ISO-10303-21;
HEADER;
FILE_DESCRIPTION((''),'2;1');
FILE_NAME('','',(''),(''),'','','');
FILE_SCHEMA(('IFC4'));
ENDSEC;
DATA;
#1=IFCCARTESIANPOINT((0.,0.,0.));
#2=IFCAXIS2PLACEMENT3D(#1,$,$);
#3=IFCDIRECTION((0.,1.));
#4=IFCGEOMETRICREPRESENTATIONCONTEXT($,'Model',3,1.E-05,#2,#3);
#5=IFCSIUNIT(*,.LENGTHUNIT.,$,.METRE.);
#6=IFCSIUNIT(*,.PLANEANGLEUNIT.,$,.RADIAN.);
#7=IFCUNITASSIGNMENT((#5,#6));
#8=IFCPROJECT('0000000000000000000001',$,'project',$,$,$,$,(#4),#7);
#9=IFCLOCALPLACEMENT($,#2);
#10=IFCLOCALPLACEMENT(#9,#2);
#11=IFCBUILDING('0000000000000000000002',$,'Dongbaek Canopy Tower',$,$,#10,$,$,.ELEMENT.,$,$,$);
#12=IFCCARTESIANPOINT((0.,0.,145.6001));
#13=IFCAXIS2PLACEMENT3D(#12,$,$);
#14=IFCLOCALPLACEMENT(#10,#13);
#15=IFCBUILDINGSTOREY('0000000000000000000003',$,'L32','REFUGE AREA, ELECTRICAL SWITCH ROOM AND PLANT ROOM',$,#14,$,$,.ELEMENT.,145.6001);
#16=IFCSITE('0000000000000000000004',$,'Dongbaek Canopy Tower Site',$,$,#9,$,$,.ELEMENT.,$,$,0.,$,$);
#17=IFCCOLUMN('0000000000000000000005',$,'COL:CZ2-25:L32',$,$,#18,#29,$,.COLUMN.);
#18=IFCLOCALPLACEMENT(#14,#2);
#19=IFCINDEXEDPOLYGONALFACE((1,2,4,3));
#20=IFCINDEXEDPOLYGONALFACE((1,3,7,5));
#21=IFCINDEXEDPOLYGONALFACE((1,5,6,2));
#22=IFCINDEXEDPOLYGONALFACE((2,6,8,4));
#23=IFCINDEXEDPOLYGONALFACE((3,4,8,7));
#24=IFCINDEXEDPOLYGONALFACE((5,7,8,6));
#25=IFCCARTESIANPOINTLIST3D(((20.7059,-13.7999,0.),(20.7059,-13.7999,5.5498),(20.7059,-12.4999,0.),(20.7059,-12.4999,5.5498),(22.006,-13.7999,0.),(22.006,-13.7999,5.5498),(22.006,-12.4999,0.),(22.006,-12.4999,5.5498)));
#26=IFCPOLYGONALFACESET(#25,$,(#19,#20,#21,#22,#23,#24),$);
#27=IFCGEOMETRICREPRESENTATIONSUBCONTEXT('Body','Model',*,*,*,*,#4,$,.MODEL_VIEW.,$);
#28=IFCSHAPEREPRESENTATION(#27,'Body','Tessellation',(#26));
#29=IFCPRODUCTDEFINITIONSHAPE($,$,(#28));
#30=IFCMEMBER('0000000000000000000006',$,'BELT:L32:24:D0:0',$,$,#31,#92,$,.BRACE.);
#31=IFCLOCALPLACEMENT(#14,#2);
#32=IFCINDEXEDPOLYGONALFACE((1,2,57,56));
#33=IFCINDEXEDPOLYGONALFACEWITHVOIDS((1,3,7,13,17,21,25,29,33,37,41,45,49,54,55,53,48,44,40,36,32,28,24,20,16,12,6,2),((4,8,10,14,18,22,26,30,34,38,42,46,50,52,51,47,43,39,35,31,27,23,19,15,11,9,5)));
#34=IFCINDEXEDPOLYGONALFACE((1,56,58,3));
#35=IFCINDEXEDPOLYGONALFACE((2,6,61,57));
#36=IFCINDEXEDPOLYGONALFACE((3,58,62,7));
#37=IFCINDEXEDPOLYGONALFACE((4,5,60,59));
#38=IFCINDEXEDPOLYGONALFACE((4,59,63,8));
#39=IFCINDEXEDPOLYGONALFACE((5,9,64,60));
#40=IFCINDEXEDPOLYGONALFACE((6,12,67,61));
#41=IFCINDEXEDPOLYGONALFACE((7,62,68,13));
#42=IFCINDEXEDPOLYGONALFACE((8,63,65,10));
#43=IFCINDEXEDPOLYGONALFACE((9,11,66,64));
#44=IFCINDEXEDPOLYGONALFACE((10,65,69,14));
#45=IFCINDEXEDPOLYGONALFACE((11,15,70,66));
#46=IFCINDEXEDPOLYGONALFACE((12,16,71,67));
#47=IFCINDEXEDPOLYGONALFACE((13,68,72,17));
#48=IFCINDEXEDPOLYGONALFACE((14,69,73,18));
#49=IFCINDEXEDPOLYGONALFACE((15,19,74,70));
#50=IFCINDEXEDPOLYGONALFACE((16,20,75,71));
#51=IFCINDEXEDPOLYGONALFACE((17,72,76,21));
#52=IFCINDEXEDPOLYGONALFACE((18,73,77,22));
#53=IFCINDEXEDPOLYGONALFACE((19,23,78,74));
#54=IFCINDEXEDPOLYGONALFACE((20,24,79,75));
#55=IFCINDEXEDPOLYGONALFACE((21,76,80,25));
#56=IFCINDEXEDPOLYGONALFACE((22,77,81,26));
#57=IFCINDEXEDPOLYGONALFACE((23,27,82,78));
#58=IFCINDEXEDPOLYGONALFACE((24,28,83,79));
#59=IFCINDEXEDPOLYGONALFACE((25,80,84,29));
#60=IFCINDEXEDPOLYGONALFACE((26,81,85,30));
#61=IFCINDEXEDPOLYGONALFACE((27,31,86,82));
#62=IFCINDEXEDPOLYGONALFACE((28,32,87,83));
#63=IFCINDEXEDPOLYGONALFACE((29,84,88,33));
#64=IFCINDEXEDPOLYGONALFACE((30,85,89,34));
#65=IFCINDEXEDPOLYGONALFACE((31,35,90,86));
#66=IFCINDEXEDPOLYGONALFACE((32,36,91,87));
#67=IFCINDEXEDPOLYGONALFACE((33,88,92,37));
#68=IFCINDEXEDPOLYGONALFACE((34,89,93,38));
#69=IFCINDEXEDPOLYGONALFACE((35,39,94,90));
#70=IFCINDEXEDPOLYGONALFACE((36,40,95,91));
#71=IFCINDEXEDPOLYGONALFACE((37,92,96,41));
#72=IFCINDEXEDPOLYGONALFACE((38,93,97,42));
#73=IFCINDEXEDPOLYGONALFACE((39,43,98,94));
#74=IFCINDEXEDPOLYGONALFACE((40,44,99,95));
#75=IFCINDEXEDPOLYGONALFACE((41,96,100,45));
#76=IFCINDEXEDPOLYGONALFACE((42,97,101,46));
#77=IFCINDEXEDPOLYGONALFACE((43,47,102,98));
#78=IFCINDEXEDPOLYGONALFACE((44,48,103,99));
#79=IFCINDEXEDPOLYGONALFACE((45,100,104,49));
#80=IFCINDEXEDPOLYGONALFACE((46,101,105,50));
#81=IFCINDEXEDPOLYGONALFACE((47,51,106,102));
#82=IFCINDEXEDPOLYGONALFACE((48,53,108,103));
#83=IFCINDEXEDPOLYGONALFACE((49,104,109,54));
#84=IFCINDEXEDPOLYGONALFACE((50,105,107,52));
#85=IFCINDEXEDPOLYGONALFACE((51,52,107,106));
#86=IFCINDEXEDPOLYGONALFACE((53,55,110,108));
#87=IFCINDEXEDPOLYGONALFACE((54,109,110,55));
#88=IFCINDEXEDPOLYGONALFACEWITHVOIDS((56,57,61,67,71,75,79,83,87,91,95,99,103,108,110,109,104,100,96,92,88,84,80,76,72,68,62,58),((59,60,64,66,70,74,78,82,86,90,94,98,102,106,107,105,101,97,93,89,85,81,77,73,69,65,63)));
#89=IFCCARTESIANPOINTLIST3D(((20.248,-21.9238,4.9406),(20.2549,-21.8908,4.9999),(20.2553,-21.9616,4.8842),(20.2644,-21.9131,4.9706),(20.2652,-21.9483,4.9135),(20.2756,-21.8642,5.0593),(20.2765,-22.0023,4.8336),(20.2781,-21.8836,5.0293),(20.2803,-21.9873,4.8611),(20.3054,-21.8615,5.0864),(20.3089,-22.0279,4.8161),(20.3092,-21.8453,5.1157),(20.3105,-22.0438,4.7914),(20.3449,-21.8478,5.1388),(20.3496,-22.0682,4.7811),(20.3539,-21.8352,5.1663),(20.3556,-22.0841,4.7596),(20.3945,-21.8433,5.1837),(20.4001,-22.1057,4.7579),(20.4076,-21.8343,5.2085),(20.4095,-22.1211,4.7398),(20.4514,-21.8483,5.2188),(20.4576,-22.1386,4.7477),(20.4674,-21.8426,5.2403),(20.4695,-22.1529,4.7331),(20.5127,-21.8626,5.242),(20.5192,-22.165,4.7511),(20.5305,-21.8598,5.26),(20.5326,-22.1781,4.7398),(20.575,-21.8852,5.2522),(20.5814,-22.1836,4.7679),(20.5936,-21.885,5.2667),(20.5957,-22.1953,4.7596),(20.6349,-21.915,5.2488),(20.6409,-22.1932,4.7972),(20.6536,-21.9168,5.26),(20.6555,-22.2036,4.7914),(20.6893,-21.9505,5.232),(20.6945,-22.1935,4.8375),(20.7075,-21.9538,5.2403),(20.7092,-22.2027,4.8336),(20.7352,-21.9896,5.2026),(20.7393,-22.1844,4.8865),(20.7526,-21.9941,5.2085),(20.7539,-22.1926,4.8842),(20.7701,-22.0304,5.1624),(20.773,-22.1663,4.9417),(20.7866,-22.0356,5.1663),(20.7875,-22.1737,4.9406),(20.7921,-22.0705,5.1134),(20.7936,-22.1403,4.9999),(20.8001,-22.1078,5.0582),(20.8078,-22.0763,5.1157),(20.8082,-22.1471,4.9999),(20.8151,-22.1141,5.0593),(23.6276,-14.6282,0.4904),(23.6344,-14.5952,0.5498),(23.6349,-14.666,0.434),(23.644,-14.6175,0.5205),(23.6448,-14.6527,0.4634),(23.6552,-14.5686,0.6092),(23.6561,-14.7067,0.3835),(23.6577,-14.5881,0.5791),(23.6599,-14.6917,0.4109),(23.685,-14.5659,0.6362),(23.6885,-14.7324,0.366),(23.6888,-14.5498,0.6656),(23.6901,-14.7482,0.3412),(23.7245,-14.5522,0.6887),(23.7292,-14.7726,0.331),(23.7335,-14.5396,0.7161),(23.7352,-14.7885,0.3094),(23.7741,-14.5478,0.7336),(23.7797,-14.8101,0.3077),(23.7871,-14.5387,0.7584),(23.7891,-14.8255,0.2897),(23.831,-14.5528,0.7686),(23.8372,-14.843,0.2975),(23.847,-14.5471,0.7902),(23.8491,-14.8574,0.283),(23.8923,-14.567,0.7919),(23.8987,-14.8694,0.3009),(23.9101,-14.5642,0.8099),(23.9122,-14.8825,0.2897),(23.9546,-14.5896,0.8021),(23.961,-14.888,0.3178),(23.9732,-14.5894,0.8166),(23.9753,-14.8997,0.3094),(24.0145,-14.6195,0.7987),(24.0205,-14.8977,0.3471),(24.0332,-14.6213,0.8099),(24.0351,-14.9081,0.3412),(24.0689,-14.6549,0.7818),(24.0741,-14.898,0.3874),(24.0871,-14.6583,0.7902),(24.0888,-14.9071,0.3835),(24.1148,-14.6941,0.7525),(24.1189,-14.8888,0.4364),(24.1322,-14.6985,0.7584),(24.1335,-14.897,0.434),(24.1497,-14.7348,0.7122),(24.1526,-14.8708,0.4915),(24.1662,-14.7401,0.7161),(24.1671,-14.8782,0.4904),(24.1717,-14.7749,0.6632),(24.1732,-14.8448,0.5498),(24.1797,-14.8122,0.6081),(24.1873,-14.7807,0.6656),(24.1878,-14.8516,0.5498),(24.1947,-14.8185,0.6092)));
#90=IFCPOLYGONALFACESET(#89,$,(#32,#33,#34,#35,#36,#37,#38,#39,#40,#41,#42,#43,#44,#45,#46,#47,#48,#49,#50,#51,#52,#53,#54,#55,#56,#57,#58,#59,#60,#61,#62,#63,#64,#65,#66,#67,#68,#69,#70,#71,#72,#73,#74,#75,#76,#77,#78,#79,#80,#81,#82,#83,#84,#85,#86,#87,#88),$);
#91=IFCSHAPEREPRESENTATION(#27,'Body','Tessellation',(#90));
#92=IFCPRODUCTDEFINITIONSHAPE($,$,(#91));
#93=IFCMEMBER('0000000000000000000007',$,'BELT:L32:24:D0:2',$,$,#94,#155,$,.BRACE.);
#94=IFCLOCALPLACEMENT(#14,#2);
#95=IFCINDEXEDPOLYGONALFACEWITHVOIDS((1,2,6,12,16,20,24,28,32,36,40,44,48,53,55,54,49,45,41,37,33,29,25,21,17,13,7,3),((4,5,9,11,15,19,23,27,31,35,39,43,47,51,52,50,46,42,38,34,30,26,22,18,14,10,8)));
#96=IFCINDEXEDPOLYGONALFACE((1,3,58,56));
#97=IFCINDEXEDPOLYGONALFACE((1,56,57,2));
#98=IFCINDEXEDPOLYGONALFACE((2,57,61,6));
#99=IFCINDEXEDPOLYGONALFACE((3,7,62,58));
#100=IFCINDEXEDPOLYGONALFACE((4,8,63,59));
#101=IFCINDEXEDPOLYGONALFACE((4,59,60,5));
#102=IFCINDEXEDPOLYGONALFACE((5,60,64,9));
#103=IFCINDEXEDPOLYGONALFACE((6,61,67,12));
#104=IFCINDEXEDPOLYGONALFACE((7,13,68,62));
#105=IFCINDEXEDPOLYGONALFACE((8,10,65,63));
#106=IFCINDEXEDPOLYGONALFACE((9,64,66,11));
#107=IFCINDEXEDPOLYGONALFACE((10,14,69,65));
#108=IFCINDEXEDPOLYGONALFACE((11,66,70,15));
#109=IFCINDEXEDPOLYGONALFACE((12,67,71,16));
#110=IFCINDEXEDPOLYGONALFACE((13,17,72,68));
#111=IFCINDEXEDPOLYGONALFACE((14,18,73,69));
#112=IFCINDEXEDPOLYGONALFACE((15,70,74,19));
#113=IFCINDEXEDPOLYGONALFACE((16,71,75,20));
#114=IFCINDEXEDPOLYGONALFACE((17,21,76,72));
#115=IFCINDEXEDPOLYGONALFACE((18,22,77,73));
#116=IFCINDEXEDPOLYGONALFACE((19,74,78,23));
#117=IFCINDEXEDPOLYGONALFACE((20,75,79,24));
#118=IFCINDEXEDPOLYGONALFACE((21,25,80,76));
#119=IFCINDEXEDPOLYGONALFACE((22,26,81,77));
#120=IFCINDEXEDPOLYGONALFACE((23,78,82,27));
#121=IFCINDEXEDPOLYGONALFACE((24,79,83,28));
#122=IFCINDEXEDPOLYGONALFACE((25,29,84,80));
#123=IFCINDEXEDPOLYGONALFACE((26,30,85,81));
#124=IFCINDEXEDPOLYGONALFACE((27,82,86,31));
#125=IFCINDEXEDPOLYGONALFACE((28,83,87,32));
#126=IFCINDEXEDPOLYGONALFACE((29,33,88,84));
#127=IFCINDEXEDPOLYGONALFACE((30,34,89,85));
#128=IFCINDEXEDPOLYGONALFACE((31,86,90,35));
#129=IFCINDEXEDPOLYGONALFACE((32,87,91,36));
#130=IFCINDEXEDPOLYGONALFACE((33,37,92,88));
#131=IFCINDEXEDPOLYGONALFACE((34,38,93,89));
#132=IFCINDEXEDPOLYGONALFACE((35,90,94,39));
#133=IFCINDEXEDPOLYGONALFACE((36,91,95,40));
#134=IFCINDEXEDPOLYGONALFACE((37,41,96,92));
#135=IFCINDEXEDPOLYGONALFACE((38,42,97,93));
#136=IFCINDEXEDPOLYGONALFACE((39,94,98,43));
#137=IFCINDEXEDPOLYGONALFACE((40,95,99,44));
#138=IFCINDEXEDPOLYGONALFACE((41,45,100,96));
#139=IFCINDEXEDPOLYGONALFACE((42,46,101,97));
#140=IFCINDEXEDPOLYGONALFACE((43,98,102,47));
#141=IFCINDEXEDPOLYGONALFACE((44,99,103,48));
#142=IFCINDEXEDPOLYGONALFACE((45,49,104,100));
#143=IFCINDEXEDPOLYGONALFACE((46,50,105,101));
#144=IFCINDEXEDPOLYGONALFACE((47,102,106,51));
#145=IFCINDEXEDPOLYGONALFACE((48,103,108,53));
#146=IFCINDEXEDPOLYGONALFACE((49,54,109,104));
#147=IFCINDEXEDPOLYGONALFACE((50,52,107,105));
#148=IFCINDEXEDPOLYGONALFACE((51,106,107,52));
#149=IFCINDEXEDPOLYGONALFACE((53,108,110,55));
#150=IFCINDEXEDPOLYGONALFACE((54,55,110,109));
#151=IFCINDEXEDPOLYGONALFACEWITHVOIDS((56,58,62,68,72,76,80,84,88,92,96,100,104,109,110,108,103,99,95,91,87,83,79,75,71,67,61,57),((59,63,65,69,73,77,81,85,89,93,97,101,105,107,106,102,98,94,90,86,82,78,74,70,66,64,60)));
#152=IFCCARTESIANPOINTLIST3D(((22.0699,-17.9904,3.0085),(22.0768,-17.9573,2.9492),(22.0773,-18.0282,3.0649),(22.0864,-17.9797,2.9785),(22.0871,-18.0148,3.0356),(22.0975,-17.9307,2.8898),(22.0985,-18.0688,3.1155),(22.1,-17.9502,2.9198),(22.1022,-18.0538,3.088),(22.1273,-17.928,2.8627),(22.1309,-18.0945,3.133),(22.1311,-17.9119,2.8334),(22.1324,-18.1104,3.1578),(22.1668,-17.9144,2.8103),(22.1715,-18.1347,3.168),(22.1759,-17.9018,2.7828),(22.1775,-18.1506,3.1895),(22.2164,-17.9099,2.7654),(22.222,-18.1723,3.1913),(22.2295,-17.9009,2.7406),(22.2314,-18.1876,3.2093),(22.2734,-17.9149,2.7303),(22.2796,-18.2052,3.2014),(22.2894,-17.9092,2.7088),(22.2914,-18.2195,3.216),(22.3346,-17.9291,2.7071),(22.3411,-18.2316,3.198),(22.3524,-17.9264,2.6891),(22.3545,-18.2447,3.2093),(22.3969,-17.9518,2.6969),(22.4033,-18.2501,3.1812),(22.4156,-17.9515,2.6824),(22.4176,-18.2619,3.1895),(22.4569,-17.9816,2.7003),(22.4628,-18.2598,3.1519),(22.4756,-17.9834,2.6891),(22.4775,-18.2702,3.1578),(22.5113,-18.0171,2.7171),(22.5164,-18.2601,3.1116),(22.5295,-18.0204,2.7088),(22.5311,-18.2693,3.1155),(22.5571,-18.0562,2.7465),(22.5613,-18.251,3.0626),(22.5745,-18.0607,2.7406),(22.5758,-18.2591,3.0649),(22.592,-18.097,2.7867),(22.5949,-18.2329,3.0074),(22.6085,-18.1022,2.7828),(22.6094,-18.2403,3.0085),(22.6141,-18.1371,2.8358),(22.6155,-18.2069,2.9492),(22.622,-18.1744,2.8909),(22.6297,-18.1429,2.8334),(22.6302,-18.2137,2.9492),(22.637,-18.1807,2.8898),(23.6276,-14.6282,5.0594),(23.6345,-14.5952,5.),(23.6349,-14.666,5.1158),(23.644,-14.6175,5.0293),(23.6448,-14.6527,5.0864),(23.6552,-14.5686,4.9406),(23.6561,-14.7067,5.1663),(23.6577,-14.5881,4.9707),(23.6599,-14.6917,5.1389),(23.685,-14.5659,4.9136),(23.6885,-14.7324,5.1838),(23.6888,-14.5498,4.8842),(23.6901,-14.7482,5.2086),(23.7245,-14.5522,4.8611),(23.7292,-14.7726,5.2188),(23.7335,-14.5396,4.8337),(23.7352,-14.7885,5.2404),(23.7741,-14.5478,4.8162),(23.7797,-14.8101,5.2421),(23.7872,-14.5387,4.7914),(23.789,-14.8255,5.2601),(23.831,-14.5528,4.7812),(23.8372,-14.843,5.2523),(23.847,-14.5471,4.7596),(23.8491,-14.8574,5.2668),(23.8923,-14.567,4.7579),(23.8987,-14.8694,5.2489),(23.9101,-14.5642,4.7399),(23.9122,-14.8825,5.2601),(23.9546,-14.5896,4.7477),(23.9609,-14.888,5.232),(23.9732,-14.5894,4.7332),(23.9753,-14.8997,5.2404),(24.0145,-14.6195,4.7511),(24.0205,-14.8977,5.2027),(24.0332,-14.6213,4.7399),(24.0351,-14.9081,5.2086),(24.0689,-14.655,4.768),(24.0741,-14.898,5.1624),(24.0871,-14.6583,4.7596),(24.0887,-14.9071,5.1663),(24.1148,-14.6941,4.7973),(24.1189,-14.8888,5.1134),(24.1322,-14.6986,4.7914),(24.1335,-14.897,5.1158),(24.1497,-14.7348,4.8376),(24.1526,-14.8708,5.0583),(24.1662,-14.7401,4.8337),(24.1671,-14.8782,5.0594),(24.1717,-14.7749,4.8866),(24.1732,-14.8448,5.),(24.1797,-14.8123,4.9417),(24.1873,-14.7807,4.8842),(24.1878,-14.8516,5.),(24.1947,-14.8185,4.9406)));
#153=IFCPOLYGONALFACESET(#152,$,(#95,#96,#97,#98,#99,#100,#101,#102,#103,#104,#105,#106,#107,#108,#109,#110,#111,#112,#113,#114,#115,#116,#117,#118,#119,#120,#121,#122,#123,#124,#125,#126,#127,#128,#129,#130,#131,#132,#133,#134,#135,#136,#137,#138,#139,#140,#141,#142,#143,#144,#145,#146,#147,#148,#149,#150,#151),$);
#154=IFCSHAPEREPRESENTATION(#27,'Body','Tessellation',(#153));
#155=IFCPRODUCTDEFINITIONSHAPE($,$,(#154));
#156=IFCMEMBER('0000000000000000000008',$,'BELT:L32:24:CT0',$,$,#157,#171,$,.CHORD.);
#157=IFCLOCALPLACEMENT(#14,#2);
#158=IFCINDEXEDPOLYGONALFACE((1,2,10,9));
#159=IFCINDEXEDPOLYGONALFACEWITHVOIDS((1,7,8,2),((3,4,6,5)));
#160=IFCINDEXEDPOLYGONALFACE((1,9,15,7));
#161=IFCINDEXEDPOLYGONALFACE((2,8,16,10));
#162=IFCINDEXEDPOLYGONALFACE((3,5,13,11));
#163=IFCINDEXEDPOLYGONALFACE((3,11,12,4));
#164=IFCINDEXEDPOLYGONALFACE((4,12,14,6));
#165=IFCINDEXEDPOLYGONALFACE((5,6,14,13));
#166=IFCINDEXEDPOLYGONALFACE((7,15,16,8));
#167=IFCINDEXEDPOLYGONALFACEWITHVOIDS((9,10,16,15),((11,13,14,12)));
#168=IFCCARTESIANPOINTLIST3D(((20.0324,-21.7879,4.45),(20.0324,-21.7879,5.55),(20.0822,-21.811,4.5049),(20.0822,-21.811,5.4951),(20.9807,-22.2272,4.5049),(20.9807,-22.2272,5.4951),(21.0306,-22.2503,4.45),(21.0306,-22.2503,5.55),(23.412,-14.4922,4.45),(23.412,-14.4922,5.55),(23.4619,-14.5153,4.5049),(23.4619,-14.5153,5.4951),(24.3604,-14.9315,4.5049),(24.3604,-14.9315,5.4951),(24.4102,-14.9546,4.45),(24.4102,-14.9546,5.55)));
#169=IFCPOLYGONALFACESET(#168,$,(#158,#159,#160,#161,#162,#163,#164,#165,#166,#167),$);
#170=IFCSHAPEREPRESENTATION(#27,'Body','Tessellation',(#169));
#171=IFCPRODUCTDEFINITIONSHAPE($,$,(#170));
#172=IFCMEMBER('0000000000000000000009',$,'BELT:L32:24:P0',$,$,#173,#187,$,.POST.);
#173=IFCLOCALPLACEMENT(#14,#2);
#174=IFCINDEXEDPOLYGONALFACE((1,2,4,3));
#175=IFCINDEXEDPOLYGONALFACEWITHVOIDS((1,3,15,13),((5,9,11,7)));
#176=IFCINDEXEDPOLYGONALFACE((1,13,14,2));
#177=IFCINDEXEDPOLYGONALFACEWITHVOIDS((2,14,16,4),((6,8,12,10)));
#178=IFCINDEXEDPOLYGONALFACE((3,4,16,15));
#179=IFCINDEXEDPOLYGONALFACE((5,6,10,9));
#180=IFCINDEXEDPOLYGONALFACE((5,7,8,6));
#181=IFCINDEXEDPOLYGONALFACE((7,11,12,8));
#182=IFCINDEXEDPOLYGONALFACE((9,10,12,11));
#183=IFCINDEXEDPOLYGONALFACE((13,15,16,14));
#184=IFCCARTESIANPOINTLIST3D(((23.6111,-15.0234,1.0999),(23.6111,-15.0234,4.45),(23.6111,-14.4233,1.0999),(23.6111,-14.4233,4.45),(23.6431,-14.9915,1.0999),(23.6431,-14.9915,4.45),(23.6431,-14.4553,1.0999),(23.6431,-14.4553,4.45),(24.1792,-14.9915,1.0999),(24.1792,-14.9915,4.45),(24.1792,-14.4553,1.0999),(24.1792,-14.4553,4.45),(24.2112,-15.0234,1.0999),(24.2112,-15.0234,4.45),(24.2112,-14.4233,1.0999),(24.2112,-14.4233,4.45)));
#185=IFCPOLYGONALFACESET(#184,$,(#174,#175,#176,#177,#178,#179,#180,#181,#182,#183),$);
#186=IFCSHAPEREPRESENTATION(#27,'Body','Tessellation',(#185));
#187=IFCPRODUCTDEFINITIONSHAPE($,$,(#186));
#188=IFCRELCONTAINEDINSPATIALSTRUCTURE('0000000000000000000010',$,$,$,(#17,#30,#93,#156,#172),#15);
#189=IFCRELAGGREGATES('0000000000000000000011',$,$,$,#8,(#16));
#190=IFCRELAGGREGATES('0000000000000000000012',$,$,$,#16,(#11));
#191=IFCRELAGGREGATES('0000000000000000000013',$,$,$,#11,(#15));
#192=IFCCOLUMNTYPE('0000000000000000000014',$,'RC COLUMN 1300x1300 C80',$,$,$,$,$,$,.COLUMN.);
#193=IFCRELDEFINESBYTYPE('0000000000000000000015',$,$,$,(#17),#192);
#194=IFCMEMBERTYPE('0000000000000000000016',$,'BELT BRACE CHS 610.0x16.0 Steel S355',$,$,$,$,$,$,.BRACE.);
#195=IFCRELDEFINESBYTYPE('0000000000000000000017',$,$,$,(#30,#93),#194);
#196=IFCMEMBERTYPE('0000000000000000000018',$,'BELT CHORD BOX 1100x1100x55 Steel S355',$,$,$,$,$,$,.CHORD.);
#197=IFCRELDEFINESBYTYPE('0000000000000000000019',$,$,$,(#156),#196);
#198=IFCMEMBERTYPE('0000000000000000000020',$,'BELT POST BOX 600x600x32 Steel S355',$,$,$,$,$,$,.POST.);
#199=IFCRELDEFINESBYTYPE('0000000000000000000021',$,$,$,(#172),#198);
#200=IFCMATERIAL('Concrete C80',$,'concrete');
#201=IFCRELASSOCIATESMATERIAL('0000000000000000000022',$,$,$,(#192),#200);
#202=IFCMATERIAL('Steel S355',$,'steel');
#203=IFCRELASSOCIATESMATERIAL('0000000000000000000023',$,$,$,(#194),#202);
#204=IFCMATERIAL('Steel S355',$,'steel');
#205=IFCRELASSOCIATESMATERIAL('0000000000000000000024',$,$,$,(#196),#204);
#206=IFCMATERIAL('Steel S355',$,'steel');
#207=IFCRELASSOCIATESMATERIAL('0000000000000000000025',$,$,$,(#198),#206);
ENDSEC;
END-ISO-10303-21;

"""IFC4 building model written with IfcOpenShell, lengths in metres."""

from ifc_helpers import new_model, si_unit, direction, frame, origin, origin_2d, place, context, subcontext, project, spatial, rectangle, hollow_rectangle, hollow_circle, extrude, material, material_profile, profile_set, type_object, element, save


model = new_model("IFC4")

# Units and contexts
model_context = context("Model", 3, precision=1e-05, world=origin(), true_north=direction((0.0, 1.0)))
body_context = subcontext(model_context, "Body", "Model", "MODEL_VIEW")
ifc_project = project(units=[si_unit("LENGTHUNIT", "METRE"), si_unit("PLANEANGLEUNIT", "RADIAN")], contexts=[model_context])

# Site, building, storey
site_placement = place(None, origin())
site = spatial("IfcSite", under=ifc_project, at=site_placement, Name="Dongbaek Canopy Tower Site", CompositionType="ELEMENT", RefElevation=0.0)
building_placement = place(site_placement, origin())
building = spatial("IfcBuilding", under=site, at=building_placement, Name="Dongbaek Canopy Tower", CompositionType="ELEMENT")
storey_placement = place(building_placement, frame((0.0, 0.0, 145.6001)))
storey = spatial("IfcBuildingStorey", under=building, at=storey_placement, Name="L32", Description="REFUGE AREA, ELECTRICAL SWITCH ROOM AND PLANT ROOM", CompositionType="ELEMENT", Elevation=145.6001)

# Column
ifc_material_1 = material(Name="Concrete C80", Category="concrete")
ifc_material_profile_1 = material_profile(ifc_material_1, rectangle(XDim=1.3, YDim=1.3, at=origin_2d()), Name="RC COLUMN 1300x1300 C80")
ifc_profile_set_1 = profile_set([ifc_material_profile_1], Name="Concrete C80")
column_type = type_object("IfcColumnType", Name="RC COLUMN 1300x1300 C80", PredefinedType="COLUMN", material=ifc_profile_set_1)
column_placement = place(storey_placement, frame((21.356, -13.1499, 0.0), z_axis=(0.0, 0.0, 1.0), x_axis=(1.0, 0.0, 0.0)))
element("IfcColumn", 1, at=column_placement, inside=storey, type_object=column_type, Name="COL:CZ2-25:L32", PredefinedType="COLUMN", context=body_context, shape_type="SweptSolid", body=[
    extrude(rectangle(XDim=1.3, YDim=1.3, at=origin_2d()), origin(), (0.0, 0.0, 1.0), 5.5498),
])

# Members
ifc_material_2 = material(Name="Steel S355", Category="steel")
ifc_material_profile_2 = material_profile(ifc_material_2, hollow_circle(Radius=0.3049, WallThickness=0.0161, at=origin_2d()), Name="BELT BRACE CHS 610.0x16.0 Steel S355")
ifc_profile_set_2 = profile_set([ifc_material_profile_2], Name="Steel S355")
member_type_1 = type_object("IfcMemberType", Name="BELT BRACE CHS 610.0x16.0 Steel S355", PredefinedType="BRACE", material=ifc_profile_set_2)
member_1_placement = place(storey_placement, frame((23.9111, -14.7234, 0.5498), z_axis=(-0.367759, -0.793884, 0.484253), x_axis=(0.907371, -0.420331, 0.0)))
element("IfcMember", 2, at=member_1_placement, inside=storey, type_object=member_type_1, Name="BELT:L32:24:D0:0", PredefinedType="BRACE", context=body_context, shape_type="SweptSolid", body=[
    extrude(hollow_circle(Radius=0.3049, WallThickness=0.0161, at=origin_2d()), origin(), (0.0, 0.0, 1.0), 9.1897),
])
member_2_placement = place(storey_placement, frame((23.9111, -14.7234, 5.0), z_axis=(-0.367795, -0.793873, -0.484245), x_axis=(0.907353, -0.42037, 0.0)))
element("IfcMember", 3, at=member_2_placement, inside=storey, type_object=member_type_1, Name="BELT:L32:24:D0:2", PredefinedType="BRACE", context=body_context, shape_type="SweptSolid", body=[
    extrude(hollow_circle(Radius=0.3049, WallThickness=0.0161, at=origin_2d()), origin(), (0.0, 0.0, 1.0), 4.2351),
])
ifc_material_3 = material(Name="Steel S355", Category="steel")
ifc_material_profile_3 = material_profile(ifc_material_3, hollow_rectangle(XDim=1.1001, YDim=1.1001, WallThickness=0.0549, at=origin_2d()), Name="BELT CHORD BOX 1100x1100x55 Steel S355")
ifc_profile_set_3 = profile_set([ifc_material_profile_3], Name="Steel S355")
member_type_2 = type_object("IfcMemberType", Name="BELT CHORD BOX 1100x1100x55 Steel S355", PredefinedType="CHORD", material=ifc_profile_set_3)
member_3_placement = place(storey_placement, frame((23.9111, -14.7234, 5.0), z_axis=(-0.420331, -0.907371, 0.0), x_axis=(0.907371, -0.420331, 0.0)))
element("IfcMember", 4, at=member_3_placement, inside=storey, type_object=member_type_2, Name="BELT:L32:24:CT0", PredefinedType="CHORD", context=body_context, shape_type="SweptSolid", body=[
    extrude(hollow_rectangle(XDim=1.1001, YDim=1.1001, WallThickness=0.0549, at=origin_2d()), origin(), (0.0, 0.0, 1.0), 8.0405),
])
ifc_material_4 = material(Name="Steel S355", Category="steel")
ifc_material_profile_4 = material_profile(ifc_material_4, hollow_rectangle(XDim=0.6001, YDim=0.6001, WallThickness=0.032, at=origin_2d()), Name="BELT POST BOX 600x600x32 Steel S355")
ifc_profile_set_4 = profile_set([ifc_material_profile_4], Name="Steel S355")
member_type_3 = type_object("IfcMemberType", Name="BELT POST BOX 600x600x32 Steel S355", PredefinedType="POST", material=ifc_profile_set_4)
member_4_placement = place(storey_placement, frame((23.9111, -14.7234, 1.0999), z_axis=(0.0, 0.0, 1.0), x_axis=(1.0, 0.0, 0.0)))
element("IfcMember", 5, at=member_4_placement, inside=storey, type_object=member_type_3, Name="BELT:L32:24:P0", PredefinedType="POST", context=body_context, shape_type="SweptSolid", body=[
    extrude(hollow_rectangle(XDim=0.6001, YDim=0.6001, WallThickness=0.032, at=origin_2d()), origin(), (0.0, 0.0, 1.0), 3.3501),
])

save(model, "model.ifc")
